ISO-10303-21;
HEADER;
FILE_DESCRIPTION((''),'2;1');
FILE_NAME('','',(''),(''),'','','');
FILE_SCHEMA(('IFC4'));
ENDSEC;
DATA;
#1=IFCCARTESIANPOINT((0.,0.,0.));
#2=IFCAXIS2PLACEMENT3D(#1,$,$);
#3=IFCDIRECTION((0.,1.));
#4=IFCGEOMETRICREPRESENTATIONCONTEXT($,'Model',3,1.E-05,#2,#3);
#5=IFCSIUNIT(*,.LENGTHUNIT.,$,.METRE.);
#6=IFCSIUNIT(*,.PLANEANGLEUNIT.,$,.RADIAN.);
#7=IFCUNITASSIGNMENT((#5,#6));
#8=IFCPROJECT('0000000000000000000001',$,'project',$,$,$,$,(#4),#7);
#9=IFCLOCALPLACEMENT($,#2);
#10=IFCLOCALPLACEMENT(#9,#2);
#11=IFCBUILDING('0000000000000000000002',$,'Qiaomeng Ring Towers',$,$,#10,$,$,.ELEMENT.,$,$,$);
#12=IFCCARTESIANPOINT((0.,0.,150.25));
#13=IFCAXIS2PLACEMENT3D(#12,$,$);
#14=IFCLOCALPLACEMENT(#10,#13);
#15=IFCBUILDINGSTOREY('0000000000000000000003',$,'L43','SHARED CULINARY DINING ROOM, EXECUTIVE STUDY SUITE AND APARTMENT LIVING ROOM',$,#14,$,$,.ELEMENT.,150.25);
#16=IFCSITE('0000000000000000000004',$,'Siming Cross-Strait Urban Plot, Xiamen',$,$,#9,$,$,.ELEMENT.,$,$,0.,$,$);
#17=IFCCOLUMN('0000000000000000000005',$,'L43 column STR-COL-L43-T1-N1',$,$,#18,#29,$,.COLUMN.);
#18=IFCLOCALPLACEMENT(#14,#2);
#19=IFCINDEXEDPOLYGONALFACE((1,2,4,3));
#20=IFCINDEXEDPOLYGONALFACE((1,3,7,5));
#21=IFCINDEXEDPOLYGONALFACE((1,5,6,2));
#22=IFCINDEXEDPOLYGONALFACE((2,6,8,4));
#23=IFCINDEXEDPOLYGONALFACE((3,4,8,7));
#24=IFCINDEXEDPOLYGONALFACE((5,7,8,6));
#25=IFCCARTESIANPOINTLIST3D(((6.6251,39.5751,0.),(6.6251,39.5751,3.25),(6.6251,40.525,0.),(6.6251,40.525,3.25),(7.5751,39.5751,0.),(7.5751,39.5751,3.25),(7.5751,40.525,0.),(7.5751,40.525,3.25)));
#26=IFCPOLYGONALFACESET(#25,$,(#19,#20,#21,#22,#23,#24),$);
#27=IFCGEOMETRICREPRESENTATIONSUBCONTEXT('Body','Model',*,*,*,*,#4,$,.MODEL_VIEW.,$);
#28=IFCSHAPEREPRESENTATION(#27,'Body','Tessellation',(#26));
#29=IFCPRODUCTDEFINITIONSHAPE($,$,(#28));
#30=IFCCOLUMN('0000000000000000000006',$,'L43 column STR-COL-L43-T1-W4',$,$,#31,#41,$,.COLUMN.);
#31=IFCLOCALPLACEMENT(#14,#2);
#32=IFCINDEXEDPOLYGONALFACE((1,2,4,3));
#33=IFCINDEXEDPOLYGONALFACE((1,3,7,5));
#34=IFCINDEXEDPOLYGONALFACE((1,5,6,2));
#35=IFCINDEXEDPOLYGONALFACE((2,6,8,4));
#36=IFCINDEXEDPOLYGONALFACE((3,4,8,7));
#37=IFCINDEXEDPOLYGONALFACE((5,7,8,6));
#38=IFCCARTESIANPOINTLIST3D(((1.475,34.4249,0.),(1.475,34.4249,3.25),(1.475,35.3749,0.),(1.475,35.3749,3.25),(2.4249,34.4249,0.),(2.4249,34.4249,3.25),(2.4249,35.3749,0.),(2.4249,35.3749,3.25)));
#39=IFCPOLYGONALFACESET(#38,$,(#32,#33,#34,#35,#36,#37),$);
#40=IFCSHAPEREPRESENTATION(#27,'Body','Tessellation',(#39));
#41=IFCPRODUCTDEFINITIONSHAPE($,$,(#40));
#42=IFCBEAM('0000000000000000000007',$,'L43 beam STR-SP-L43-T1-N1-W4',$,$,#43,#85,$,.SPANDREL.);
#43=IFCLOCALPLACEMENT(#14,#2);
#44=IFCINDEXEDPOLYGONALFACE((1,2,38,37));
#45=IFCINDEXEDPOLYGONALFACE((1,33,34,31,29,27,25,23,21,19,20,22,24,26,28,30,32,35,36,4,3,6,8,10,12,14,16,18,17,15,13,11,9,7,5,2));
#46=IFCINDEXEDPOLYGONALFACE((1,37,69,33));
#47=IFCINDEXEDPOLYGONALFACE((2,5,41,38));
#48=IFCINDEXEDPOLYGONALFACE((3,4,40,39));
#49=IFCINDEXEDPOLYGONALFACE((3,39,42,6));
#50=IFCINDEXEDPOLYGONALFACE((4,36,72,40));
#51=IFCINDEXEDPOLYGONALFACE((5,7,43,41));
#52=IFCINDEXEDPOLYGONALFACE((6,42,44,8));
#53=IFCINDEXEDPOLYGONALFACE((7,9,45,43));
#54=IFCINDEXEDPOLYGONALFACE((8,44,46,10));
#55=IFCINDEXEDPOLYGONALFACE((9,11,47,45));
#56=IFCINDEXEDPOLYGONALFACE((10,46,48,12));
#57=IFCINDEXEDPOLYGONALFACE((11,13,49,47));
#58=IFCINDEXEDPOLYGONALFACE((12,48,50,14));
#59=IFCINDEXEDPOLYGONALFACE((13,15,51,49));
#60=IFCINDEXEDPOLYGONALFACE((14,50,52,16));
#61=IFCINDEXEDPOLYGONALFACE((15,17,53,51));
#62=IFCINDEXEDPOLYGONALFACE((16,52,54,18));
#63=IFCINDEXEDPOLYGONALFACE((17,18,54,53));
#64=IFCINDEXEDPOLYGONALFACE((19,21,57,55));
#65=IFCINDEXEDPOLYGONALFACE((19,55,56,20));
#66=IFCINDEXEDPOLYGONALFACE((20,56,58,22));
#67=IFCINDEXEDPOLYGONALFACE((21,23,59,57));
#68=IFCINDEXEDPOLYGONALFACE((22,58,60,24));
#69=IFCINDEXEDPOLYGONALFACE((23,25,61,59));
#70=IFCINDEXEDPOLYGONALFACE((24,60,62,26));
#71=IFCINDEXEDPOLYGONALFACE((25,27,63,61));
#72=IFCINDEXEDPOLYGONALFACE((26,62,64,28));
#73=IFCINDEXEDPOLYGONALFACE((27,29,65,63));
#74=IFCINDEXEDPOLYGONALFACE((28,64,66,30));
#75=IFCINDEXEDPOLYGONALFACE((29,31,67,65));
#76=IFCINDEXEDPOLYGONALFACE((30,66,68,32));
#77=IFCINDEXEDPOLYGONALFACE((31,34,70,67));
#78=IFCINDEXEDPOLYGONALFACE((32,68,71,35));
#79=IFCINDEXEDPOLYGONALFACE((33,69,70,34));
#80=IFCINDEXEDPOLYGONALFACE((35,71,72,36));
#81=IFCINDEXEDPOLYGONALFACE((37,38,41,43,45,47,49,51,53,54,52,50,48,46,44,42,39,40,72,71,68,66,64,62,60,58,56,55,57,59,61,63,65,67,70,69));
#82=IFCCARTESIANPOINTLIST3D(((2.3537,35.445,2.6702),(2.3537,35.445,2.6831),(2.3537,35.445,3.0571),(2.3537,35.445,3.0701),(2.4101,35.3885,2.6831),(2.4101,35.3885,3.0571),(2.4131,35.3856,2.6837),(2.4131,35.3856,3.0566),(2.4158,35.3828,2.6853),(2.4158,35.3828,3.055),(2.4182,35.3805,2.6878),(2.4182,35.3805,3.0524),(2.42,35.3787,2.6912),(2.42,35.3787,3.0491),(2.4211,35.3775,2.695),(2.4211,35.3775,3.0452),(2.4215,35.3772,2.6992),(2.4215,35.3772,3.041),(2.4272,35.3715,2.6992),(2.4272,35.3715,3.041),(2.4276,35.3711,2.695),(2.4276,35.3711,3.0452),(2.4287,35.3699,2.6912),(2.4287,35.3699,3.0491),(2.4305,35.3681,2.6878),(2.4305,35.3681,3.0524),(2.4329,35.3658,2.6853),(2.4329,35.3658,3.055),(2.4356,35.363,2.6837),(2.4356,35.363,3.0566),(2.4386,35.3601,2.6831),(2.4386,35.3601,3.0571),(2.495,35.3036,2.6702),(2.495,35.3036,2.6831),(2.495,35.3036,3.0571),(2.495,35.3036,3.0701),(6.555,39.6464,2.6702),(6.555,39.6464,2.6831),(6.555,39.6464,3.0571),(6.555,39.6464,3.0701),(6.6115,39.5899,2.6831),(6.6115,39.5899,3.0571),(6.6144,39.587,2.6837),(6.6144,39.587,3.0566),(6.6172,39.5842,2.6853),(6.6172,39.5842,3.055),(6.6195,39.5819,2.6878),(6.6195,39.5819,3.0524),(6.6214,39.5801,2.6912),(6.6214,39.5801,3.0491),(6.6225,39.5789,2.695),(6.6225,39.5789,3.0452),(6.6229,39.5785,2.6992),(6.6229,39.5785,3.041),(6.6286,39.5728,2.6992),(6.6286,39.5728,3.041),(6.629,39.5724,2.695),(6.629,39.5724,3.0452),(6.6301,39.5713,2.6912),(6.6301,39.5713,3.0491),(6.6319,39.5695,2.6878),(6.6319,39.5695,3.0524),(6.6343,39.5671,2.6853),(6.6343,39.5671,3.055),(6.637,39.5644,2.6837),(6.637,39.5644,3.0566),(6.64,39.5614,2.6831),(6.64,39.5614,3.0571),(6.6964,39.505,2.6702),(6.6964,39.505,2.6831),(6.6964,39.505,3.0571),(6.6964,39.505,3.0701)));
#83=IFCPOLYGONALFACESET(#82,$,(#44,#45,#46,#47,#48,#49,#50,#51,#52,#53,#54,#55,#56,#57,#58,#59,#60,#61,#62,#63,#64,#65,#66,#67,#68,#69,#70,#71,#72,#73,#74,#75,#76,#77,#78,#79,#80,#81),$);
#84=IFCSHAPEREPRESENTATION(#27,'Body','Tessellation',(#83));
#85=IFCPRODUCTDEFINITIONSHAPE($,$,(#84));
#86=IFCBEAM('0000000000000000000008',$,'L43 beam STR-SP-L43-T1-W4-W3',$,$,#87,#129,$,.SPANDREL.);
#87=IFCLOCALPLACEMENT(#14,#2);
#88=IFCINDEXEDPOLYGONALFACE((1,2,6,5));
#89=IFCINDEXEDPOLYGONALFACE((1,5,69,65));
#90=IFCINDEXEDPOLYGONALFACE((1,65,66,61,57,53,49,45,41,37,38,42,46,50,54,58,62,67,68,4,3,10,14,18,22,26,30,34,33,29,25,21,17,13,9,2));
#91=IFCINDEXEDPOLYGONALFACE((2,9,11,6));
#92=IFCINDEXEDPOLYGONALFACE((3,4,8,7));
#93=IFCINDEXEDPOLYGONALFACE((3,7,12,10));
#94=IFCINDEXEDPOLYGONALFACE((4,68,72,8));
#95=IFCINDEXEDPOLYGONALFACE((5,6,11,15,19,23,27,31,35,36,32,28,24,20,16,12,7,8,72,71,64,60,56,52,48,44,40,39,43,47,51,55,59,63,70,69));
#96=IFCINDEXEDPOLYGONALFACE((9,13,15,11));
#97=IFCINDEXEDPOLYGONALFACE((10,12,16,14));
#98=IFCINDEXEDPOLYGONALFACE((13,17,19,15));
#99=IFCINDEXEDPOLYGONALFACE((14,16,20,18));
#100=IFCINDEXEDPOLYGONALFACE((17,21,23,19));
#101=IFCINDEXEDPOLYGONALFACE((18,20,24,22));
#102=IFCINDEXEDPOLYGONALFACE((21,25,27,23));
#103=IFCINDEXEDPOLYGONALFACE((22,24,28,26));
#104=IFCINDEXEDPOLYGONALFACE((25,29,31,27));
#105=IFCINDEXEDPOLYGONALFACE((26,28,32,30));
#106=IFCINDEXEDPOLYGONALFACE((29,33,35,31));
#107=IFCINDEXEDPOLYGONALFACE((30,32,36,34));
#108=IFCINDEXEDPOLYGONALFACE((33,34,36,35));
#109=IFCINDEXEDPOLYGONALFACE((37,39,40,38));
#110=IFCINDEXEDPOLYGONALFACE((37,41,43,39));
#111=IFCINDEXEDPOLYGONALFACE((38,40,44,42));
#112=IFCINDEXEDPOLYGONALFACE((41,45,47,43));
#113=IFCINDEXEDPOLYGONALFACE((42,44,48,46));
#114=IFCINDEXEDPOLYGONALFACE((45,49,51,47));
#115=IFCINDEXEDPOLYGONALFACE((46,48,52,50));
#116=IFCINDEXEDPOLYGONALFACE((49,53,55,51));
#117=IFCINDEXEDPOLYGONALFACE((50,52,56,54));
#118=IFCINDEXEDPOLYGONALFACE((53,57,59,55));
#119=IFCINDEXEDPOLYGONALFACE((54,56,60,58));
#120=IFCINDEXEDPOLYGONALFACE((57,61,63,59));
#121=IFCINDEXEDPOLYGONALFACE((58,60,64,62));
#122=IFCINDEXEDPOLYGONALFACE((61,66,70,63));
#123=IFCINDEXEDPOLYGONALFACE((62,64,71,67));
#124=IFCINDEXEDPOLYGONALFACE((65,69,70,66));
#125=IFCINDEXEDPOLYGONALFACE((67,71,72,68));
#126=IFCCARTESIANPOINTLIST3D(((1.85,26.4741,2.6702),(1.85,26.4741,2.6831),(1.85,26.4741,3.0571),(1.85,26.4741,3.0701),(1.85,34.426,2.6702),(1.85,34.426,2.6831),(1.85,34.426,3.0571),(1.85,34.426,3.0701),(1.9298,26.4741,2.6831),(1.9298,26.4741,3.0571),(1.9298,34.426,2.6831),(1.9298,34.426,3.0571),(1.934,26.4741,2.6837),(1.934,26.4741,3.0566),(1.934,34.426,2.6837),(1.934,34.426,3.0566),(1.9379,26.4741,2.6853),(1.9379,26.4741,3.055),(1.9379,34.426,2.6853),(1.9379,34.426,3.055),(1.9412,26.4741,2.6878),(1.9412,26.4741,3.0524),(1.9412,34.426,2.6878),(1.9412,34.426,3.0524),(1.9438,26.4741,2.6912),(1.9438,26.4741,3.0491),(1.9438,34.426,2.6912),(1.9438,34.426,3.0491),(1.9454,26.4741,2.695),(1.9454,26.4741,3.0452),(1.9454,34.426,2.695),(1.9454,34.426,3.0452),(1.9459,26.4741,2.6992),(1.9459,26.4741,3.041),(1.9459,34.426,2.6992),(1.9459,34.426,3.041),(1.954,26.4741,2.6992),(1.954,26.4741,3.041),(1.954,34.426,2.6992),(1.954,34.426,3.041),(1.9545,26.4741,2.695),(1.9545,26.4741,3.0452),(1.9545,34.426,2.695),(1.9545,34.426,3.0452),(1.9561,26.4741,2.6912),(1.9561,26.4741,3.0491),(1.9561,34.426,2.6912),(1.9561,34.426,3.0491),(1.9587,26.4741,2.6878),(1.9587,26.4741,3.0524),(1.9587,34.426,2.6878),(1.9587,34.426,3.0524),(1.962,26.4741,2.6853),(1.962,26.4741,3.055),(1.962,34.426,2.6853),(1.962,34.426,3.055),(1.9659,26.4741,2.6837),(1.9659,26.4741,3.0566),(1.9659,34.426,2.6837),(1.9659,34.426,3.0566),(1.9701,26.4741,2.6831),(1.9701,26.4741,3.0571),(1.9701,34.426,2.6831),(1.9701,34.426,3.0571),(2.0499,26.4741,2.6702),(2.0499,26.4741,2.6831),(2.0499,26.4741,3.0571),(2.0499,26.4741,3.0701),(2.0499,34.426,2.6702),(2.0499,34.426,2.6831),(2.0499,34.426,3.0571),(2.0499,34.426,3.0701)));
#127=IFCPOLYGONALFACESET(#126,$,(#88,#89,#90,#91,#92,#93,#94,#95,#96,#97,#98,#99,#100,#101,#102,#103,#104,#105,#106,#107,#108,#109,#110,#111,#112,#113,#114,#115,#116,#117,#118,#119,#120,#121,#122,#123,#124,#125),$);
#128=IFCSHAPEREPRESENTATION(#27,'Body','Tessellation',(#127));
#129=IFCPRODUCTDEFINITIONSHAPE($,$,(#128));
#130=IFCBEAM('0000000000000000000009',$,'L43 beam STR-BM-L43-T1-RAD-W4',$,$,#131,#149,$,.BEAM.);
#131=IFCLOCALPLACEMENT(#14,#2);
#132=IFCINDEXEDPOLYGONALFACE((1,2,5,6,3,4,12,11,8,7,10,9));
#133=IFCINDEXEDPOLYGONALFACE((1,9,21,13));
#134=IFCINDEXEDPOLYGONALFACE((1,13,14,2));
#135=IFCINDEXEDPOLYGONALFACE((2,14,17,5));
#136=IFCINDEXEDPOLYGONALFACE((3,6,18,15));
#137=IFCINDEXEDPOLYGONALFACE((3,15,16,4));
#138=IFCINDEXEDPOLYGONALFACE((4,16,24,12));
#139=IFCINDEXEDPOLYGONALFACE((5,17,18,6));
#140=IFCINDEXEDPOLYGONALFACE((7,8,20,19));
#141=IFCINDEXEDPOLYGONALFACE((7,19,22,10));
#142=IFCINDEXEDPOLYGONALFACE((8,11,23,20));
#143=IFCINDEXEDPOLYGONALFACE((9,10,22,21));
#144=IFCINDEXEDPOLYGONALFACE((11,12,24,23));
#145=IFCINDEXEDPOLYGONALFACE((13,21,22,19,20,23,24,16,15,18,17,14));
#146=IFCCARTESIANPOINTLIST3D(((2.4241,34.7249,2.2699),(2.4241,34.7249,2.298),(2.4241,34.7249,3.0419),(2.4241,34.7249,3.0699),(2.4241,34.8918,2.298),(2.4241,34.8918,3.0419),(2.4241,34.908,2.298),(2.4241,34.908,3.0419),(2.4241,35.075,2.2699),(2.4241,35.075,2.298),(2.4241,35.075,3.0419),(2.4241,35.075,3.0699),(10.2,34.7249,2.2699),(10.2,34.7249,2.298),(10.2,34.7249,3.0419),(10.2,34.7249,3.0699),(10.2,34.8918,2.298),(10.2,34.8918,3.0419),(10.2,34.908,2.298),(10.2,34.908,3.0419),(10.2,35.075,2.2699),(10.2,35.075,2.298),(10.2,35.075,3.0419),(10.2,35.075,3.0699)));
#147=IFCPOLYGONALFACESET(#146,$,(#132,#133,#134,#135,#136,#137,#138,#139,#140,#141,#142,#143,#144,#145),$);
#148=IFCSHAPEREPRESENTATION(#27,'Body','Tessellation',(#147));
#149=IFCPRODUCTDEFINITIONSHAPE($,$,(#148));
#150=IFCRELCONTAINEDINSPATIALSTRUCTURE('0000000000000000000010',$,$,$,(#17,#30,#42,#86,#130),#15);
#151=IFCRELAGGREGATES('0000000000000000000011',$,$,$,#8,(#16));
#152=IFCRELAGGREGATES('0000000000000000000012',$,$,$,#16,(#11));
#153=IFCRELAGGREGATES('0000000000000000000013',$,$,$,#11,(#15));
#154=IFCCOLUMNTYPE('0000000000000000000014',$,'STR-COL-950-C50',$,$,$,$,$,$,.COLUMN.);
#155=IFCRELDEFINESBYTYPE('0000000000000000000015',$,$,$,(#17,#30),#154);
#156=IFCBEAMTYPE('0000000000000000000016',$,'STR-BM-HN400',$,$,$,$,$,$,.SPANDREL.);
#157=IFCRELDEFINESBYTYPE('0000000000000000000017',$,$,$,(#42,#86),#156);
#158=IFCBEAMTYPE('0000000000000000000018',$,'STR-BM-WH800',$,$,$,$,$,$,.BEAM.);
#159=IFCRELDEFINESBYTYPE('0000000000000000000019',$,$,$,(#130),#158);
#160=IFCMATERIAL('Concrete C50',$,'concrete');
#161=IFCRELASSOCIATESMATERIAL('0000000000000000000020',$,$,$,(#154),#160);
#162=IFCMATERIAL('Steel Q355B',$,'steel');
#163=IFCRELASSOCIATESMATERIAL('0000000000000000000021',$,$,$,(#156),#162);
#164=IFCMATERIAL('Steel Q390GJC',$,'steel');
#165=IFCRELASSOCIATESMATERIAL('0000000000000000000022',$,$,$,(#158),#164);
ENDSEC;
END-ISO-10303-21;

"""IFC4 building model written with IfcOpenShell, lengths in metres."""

from ifc_helpers import new_model, si_unit, direction, frame, origin, origin_2d, place, context, subcontext, project, spatial, rectangle, i_section, extrude, source, transform, mapped, material, material_profile, profile_set, type_object, element, save


model = new_model("IFC4")

# Units and contexts
model_context = context("Model", 3, precision=1e-05, world=origin(), true_north=direction((0.0, 1.0)))
body_context = subcontext(model_context, "Body", "Model", "MODEL_VIEW")
ifc_project = project(units=[si_unit("LENGTHUNIT", "METRE"), si_unit("PLANEANGLEUNIT", "RADIAN")], contexts=[model_context])

# Site, building, storey
site_placement = place(None, origin())
site = spatial("IfcSite", under=ifc_project, at=site_placement, Name="Siming Cross-Strait Urban Plot, Xiamen", CompositionType="ELEMENT", RefElevation=0.0)
building_placement = place(site_placement, origin())
building = spatial("IfcBuilding", under=site, at=building_placement, Name="Qiaomeng Ring Towers", CompositionType="ELEMENT")
storey_placement = place(building_placement, frame((0.0, 0.0, 150.25)))
storey = spatial("IfcBuildingStorey", under=building, at=storey_placement, Name="L43", Description="SHARED CULINARY DINING ROOM, EXECUTIVE STUDY SUITE AND APARTMENT LIVING ROOM", CompositionType="ELEMENT", Elevation=150.25)

# Columns
ifc_material_1 = material(Name="Concrete C50", Category="concrete")
ifc_material_profile_1 = material_profile(ifc_material_1, rectangle(XDim=0.95, YDim=0.95, at=origin_2d()), Name="RC COL 950x950")
ifc_profile_set_1 = profile_set([ifc_material_profile_1], Name="Concrete C50")
column_type = type_object("IfcColumnType", Name="STR-COL-950-C50", PredefinedType="COLUMN", material=ifc_profile_set_1)
shared_shape_1 = source(origin(), body_context, "Body", "SweptSolid", [
    extrude(rectangle(XDim=0.95, YDim=0.95, at=origin_2d()), origin(), (0.0, 0.0, 1.0), 3.25),
])
for number, where, z_axis, x_axis, name in (
    (1, (7.1001, 40.05, 0.0), (0.0, 0.0, 1.0), (1.0, 0.0, 0.0), "L43 column STR-COL-L43-T1-N1"),
    (2, (1.95, 34.8999, 0.0), (0.0, 0.0, 1.0), (1.0, 0.0, 0.0), "L43 column STR-COL-L43-T1-W4"),
):
    element("IfcColumn", number, at=place(storey_placement, frame(where, z_axis=z_axis, x_axis=x_axis)), inside=storey, type_object=column_type, Name=name, PredefinedType="COLUMN", context=body_context, shape_type="MappedRepresentation", body=[
        mapped(shared_shape_1, transform((0.0, 0.0, 0.0), x_axis=(1.0, 0.0, 0.0), y_axis=(0.0, 1.0, 0.0), z_axis=(0.0, 0.0, 1.0), scale=1.0)),
    ])

# Beams
ifc_material_2 = material(Name="Steel Q355B", Category="steel")
ifc_material_profile_2 = material_profile(ifc_material_2, i_section(OverallWidth=0.2, OverallDepth=0.3999, WebThickness=0.0081, FlangeThickness=0.0129, FilletRadius=0.0161, at=origin_2d()), Name="HN 400x200x8x13")
ifc_profile_set_2 = profile_set([ifc_material_profile_2], Name="Steel Q355B")
beam_type_1 = type_object("IfcBeamType", Name="STR-BM-HN400", PredefinedType="SPANDREL", material=ifc_profile_set_2)
shared_shape_2 = source(origin(), body_context, "Body", "SweptSolid", [
    extrude(i_section(OverallWidth=0.2, OverallDepth=0.3999, WebThickness=0.0081, FlangeThickness=0.0129, FilletRadius=0.0161, at=origin_2d()), origin(), (0.0, 0.0, 1.0), 5.9417),
])
beam_1_placement = place(storey_placement, frame((6.6257, 39.5757, 2.8701), z_axis=(-0.707107, -0.707107, 0.0), x_axis=(0.707107, -0.707107, 0.0)))
element("IfcBeam", 3, at=beam_1_placement, inside=storey, type_object=beam_type_1, Name="L43 beam STR-SP-L43-T1-N1-W4", PredefinedType="SPANDREL", context=body_context, shape_type="MappedRepresentation", body=[
    mapped(shared_shape_2, transform((0.0, 0.0, 0.0), x_axis=(1.0, 0.0, 0.0), y_axis=(0.0, 1.0, 0.0), z_axis=(0.0, 0.0, 1.0), scale=1.0)),
])
shared_shape_3 = source(origin(), body_context, "Body", "SweptSolid", [
    extrude(i_section(OverallWidth=0.2, OverallDepth=0.3999, WebThickness=0.0081, FlangeThickness=0.0129, FilletRadius=0.0161, at=origin_2d()), origin(), (0.0, 0.0, 1.0), 7.9519),
])
beam_2_placement = place(storey_placement, frame((1.95, 34.426, 2.8701), z_axis=(0.0, -1.0, 0.0), x_axis=(1.0, 0.0, 0.0)))
element("IfcBeam", 4, at=beam_2_placement, inside=storey, type_object=beam_type_1, Name="L43 beam STR-SP-L43-T1-W4-W3", PredefinedType="SPANDREL", context=body_context, shape_type="MappedRepresentation", body=[
    mapped(shared_shape_3, transform((0.0, 0.0, 0.0), x_axis=(1.0, 0.0, 0.0), y_axis=(0.0, 1.0, 0.0), z_axis=(0.0, 0.0, 1.0), scale=1.0)),
])
ifc_material_3 = material(Name="Steel Q390GJC", Category="steel")
ifc_material_profile_3 = material_profile(ifc_material_3, i_section(OverallWidth=0.3501, OverallDepth=0.8, WebThickness=0.0161, FlangeThickness=0.0281, at=origin_2d()), Name="WH 800x350x16x28")
ifc_profile_set_3 = profile_set([ifc_material_profile_3], Name="Steel Q390GJC")
beam_type_2 = type_object("IfcBeamType", Name="STR-BM-WH800", PredefinedType="BEAM", material=ifc_profile_set_3)
shared_shape_4 = source(origin(), body_context, "Body", "SweptSolid", [
    extrude(i_section(OverallWidth=0.3501, OverallDepth=0.8, WebThickness=0.0161, FlangeThickness=0.0281, at=origin_2d()), origin(), (0.0, 0.0, 1.0), 7.7759),
])
beam_3_placement = place(storey_placement, frame((2.4241, 34.8999, 2.6699), z_axis=(1.0, 0.0, 0.0), x_axis=(0.0, 1.0, 0.0)))
element("IfcBeam", 5, at=beam_3_placement, inside=storey, type_object=beam_type_2, Name="L43 beam STR-BM-L43-T1-RAD-W4", PredefinedType="BEAM", context=body_context, shape_type="MappedRepresentation", body=[
    mapped(shared_shape_4, transform((0.0, 0.0, 0.0), x_axis=(1.0, 0.0, 0.0), y_axis=(0.0, 1.0, 0.0), z_axis=(0.0, 0.0, 1.0), scale=1.0)),
])

save(model, "model.ifc")
